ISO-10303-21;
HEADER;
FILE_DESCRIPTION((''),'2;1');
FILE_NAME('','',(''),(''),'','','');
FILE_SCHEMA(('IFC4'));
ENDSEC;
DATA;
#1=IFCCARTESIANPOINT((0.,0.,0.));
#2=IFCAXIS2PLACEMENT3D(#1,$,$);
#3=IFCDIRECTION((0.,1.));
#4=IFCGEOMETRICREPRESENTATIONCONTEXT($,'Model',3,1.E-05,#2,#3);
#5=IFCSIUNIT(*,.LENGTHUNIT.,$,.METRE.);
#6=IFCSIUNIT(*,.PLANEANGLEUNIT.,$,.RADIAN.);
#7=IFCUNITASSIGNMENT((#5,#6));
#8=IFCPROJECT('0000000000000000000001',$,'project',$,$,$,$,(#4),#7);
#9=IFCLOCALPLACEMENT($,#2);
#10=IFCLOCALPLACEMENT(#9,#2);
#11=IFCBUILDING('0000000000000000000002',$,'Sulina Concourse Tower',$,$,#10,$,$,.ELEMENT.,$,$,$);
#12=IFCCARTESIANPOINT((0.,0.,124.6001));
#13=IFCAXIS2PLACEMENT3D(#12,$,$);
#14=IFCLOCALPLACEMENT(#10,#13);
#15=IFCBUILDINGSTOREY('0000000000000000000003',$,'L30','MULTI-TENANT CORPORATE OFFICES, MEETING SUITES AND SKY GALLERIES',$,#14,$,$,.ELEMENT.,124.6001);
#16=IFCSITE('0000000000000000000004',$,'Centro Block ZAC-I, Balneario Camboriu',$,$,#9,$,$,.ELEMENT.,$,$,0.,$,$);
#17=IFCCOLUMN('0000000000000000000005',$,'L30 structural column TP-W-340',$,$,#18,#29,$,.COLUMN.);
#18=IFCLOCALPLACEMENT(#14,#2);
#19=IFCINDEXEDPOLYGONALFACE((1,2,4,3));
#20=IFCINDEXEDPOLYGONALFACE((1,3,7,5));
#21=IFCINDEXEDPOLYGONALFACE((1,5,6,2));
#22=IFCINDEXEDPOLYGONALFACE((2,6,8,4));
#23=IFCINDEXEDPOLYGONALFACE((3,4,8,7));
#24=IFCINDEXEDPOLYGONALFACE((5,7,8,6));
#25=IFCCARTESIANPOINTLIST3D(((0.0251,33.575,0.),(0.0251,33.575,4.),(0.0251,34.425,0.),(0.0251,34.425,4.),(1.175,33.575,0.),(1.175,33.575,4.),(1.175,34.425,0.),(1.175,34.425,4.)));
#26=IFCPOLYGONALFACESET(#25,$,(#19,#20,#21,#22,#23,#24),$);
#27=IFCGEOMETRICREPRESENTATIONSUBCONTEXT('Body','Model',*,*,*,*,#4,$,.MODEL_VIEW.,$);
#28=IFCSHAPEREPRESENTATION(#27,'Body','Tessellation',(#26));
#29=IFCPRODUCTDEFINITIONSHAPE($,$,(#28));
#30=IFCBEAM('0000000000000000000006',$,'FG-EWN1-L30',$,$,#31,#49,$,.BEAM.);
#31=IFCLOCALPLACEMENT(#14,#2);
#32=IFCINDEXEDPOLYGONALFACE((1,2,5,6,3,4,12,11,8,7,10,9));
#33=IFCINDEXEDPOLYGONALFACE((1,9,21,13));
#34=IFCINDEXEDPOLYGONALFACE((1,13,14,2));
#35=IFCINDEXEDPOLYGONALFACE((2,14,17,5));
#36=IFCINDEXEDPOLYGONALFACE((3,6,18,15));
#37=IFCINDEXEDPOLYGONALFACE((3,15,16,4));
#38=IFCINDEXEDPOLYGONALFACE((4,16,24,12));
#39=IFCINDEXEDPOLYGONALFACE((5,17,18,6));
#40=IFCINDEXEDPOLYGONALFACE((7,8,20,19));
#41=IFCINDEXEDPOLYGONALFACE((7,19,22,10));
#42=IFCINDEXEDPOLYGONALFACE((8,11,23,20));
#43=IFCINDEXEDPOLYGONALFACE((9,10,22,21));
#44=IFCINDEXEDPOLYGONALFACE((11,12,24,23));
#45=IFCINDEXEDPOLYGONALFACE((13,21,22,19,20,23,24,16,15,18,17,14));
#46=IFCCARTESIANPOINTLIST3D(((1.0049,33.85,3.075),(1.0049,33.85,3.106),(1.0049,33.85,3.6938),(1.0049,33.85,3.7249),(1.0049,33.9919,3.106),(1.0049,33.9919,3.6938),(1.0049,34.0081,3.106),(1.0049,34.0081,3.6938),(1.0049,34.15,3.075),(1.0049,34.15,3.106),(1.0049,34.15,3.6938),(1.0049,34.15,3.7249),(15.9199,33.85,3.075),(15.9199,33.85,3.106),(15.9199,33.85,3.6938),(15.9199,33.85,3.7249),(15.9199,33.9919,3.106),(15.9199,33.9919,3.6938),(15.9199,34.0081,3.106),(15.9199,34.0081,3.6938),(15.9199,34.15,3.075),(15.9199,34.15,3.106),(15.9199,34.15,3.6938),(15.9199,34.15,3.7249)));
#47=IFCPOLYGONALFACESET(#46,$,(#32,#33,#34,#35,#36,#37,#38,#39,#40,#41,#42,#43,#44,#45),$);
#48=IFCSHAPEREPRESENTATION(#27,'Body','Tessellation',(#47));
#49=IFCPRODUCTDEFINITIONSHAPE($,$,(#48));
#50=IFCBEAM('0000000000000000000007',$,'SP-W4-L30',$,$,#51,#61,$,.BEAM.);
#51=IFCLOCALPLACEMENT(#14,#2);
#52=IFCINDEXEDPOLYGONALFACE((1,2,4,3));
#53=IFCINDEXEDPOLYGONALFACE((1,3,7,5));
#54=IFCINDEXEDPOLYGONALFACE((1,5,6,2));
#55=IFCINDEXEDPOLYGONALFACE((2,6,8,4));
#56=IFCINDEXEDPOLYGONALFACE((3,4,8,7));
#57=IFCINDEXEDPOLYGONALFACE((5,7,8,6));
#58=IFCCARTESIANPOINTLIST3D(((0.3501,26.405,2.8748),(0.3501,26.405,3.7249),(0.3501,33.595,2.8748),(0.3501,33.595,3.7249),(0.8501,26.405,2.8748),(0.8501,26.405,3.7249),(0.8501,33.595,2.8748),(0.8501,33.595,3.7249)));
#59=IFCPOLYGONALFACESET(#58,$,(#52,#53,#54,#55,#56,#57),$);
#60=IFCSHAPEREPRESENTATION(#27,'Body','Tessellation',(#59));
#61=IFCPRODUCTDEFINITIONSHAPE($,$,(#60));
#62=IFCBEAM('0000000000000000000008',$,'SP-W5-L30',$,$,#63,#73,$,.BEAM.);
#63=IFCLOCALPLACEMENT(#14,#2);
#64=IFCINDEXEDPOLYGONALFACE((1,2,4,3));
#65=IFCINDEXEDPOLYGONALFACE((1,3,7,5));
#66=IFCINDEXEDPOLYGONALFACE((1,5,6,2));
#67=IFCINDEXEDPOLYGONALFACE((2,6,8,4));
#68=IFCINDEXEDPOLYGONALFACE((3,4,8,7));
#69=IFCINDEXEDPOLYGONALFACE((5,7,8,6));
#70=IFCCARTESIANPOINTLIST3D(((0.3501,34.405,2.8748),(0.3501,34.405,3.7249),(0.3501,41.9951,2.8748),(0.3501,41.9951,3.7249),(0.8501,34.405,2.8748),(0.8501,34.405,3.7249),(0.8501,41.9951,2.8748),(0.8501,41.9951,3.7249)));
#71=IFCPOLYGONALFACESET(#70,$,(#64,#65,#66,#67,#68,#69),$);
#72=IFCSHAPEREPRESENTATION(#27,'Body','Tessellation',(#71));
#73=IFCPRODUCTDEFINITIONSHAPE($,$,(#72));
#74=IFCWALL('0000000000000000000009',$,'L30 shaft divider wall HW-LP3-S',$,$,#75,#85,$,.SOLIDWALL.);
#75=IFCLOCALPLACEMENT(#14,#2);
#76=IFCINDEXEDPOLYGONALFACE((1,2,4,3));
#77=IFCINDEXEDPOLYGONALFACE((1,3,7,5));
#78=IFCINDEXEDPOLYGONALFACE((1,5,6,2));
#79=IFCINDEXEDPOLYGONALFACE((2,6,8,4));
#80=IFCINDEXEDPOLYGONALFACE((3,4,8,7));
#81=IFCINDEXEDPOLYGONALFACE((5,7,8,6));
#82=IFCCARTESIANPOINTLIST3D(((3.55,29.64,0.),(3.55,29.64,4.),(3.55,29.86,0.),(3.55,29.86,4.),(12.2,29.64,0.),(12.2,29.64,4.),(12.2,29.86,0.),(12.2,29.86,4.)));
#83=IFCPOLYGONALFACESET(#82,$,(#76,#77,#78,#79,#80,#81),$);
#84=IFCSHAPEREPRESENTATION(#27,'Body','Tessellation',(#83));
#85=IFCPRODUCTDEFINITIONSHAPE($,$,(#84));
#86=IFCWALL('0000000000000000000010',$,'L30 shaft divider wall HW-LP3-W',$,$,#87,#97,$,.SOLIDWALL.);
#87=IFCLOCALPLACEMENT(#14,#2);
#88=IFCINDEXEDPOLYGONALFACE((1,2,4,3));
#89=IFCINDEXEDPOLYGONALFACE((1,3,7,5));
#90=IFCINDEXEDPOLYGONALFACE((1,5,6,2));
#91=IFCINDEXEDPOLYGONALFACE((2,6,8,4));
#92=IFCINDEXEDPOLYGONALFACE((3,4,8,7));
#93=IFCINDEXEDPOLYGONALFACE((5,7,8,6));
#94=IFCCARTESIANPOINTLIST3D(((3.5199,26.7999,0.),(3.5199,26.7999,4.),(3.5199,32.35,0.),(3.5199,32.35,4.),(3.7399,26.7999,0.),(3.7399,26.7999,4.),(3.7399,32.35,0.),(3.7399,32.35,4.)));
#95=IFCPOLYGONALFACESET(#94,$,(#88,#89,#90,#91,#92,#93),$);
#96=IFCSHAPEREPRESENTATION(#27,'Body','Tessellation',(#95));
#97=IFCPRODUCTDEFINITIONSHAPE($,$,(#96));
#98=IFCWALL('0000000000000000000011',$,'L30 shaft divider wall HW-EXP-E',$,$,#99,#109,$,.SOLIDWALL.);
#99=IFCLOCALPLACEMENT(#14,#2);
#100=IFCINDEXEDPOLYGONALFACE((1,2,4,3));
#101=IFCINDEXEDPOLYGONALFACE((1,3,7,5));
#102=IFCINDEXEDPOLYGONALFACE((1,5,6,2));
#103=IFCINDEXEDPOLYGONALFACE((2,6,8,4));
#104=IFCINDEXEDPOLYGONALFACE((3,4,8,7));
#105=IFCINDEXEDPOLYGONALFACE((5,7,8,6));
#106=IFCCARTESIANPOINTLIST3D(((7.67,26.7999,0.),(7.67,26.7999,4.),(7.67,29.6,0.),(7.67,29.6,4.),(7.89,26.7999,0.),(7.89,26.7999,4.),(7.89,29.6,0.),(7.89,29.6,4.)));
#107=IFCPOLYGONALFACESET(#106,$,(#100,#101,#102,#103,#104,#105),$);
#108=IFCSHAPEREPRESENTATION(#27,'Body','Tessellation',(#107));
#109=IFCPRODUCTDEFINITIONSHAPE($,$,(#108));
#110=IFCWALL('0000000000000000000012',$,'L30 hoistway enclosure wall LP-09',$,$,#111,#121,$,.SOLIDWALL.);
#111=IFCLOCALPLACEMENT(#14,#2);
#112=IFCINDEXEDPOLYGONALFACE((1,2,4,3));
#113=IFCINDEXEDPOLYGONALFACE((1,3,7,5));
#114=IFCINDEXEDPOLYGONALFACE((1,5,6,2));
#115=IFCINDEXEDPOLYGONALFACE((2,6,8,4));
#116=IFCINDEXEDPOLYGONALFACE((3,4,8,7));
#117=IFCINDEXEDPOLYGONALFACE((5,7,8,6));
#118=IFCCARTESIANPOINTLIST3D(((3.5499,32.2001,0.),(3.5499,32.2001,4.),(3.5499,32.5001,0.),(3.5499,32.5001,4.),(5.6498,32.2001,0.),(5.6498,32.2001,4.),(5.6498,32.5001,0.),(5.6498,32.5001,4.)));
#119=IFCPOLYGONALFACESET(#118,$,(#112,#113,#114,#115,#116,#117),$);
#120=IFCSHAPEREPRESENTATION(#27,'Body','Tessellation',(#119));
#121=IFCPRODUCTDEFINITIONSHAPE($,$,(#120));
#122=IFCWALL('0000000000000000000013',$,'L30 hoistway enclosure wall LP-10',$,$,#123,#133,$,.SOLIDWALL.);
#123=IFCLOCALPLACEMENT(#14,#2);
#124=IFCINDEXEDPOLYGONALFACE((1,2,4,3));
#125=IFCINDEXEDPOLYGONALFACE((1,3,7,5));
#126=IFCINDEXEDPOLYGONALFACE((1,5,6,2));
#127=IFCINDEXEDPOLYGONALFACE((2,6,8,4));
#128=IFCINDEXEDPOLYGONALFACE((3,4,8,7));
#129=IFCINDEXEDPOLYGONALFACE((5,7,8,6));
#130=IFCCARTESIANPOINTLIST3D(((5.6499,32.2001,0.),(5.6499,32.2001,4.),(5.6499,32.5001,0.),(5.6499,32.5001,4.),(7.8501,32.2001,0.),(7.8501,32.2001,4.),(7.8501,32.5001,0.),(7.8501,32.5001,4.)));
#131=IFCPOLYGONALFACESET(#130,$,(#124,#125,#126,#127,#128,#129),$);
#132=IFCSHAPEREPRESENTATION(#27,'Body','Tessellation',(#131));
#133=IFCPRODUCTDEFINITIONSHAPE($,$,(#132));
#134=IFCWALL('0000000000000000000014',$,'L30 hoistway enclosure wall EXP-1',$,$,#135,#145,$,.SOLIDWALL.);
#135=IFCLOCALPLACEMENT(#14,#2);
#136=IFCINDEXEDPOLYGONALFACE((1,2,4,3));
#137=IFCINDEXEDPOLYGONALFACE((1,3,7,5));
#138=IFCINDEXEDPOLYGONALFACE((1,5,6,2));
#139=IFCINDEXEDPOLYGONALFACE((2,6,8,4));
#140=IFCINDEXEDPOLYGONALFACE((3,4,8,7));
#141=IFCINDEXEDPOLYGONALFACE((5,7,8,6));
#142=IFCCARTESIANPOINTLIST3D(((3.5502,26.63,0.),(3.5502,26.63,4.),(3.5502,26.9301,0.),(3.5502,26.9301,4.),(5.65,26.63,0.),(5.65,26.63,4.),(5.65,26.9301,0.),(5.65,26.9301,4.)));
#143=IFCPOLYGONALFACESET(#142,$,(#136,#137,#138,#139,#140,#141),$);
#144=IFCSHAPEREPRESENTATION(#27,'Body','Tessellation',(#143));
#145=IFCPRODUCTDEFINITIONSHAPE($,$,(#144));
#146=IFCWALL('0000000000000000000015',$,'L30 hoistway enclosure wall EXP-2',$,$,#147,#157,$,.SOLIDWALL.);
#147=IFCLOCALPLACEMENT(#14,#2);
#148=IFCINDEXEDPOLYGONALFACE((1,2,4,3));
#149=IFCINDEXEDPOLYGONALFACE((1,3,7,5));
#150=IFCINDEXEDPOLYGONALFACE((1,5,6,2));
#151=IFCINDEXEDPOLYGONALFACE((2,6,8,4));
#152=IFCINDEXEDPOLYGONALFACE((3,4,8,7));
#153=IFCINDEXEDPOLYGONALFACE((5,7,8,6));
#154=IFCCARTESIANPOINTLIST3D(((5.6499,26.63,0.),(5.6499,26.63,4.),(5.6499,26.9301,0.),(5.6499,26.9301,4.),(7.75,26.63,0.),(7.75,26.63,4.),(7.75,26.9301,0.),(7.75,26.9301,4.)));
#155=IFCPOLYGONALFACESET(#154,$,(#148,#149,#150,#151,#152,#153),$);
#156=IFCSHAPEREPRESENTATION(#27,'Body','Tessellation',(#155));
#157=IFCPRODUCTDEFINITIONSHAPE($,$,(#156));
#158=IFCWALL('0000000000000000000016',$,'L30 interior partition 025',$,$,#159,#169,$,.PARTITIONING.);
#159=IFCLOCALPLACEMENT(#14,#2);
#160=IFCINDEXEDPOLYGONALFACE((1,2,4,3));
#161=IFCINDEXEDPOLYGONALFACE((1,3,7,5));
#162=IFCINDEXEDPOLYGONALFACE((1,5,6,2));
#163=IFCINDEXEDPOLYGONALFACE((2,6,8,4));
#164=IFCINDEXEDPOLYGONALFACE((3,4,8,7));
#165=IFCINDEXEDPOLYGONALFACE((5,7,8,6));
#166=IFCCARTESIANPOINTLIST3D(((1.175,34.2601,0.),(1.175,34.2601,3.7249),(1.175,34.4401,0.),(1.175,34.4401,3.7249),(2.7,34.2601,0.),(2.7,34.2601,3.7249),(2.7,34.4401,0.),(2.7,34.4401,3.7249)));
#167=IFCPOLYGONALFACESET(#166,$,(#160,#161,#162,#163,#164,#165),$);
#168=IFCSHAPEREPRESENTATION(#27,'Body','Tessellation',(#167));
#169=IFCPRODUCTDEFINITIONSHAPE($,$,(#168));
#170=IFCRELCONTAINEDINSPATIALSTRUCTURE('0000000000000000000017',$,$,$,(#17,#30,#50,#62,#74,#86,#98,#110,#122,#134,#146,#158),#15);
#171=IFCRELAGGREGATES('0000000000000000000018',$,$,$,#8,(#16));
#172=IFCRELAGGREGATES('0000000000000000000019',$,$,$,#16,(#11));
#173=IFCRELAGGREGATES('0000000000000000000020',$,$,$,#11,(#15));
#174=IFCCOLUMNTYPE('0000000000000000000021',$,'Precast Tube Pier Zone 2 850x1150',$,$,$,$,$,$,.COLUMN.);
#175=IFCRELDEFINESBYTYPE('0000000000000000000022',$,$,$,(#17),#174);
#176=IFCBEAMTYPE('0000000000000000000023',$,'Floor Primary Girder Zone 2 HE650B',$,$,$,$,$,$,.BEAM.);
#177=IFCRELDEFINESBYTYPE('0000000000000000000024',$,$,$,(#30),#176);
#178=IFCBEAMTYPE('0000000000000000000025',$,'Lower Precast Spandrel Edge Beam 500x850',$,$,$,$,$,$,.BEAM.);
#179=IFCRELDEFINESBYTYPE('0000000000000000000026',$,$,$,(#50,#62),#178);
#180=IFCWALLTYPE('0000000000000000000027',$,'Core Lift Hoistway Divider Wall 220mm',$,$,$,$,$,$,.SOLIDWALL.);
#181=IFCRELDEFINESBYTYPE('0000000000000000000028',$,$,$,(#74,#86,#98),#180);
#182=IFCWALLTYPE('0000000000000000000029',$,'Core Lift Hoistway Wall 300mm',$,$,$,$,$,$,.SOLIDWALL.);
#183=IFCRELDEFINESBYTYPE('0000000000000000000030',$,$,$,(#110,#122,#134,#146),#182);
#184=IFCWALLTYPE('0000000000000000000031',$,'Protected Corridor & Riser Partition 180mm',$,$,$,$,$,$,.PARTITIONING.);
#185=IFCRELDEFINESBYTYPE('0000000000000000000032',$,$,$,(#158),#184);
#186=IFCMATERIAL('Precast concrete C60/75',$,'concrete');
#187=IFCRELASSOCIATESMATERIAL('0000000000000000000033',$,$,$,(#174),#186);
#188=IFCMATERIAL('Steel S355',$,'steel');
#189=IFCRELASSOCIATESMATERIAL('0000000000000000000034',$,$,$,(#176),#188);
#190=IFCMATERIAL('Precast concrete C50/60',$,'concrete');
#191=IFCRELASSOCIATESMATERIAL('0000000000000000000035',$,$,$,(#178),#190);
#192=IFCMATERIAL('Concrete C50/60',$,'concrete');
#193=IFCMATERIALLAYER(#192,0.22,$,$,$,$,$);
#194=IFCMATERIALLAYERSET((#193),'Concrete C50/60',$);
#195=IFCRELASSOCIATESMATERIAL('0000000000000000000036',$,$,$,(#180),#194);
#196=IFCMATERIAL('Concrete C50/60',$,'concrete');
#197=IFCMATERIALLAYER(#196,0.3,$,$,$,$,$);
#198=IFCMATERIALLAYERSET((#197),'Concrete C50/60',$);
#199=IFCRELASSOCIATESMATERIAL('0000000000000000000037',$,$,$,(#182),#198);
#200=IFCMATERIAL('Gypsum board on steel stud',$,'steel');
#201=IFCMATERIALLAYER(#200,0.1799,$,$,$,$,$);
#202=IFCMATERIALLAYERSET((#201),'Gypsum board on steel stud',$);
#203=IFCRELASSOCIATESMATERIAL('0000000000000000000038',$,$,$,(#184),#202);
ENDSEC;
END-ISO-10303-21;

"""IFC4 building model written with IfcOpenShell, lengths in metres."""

from ifc_helpers import new_model, si_unit, direction, frame, frame_2d, origin, origin_2d, place, context, subcontext, project, spatial, rectangle, i_section, extrude, material, layer, layer_set, material_profile, profile_set, type_object, element, save


model = new_model("IFC4")

# Units and contexts
model_context = context("Model", 3, precision=1e-05, world=origin(), true_north=direction((0.0, 1.0)))
body_context = subcontext(model_context, "Body", "Model", "MODEL_VIEW")
ifc_project = project(units=[si_unit("LENGTHUNIT", "METRE"), si_unit("PLANEANGLEUNIT", "RADIAN")], contexts=[model_context])

# Site, building, storey
site_placement = place(None, origin())
site = spatial("IfcSite", under=ifc_project, at=site_placement, Name="Centro Block ZAC-I, Balneario Camboriu", CompositionType="ELEMENT", RefElevation=0.0)
building_placement = place(site_placement, origin())
building = spatial("IfcBuilding", under=site, at=building_placement, Name="Sulina Concourse Tower", CompositionType="ELEMENT")
storey_placement = place(building_placement, frame((0.0, 0.0, 124.6001)))
storey = spatial("IfcBuildingStorey", under=building, at=storey_placement, Name="L30", Description="MULTI-TENANT CORPORATE OFFICES, MEETING SUITES AND SKY GALLERIES", CompositionType="ELEMENT", Elevation=124.6001)

# Column
ifc_material_1 = material(Name="Precast concrete C60/75", Category="concrete")
ifc_material_profile_1 = material_profile(ifc_material_1, rectangle(XDim=0.8501, YDim=1.1499, at=origin_2d()), Name="PC 850x1150")
ifc_profile_set_1 = profile_set([ifc_material_profile_1], Name="Precast concrete C60/75")
column_type = type_object("IfcColumnType", Name="Precast Tube Pier Zone 2 850x1150", PredefinedType="COLUMN", material=ifc_profile_set_1)
column_placement = place(storey_placement, frame((0.6001, 34.0, 0.0), z_axis=(0.0, 0.0, 1.0), x_axis=(0.0, 1.0, 0.0)))
element("IfcColumn", 1, at=column_placement, inside=storey, type_object=column_type, Name="L30 structural column TP-W-340", PredefinedType="COLUMN", context=body_context, shape_type="SweptSolid", body=[
    extrude(rectangle(XDim=0.8501, YDim=1.1499, at=origin_2d()), origin(), (0.0, 0.0, 1.0), 4.0),
])

# Beams
ifc_material_2 = material(Name="Steel S355", Category="steel")
ifc_material_profile_2 = material_profile(ifc_material_2, i_section(OverallWidth=0.3, OverallDepth=0.6499, WebThickness=0.0161, FlangeThickness=0.031, at=origin_2d()), Name="HE 650 B")
ifc_profile_set_2 = profile_set([ifc_material_profile_2], Name="Steel S355")
beam_type_1 = type_object("IfcBeamType", Name="Floor Primary Girder Zone 2 HE650B", PredefinedType="BEAM", material=ifc_profile_set_2)
beam_1_placement = place(storey_placement, frame((1.0049, 34.0, 3.3999), z_axis=(1.0, 0.0, 0.0), x_axis=(0.0, 1.0, 0.0)))
element("IfcBeam", 2, at=beam_1_placement, inside=storey, type_object=beam_type_1, Name="FG-EWN1-L30", PredefinedType="BEAM", context=body_context, shape_type="SweptSolid", body=[
    extrude(i_section(OverallWidth=0.3, OverallDepth=0.6499, WebThickness=0.0161, FlangeThickness=0.031, at=origin_2d()), origin(), (0.0, 0.0, 1.0), 14.915),
])
ifc_material_3 = material(Name="Precast concrete C50/60", Category="concrete")
ifc_material_profile_3 = material_profile(ifc_material_3, rectangle(XDim=0.5, YDim=0.8501, at=origin_2d()), Name="RC 500x850")
ifc_profile_set_3 = profile_set([ifc_material_profile_3], Name="Precast concrete C50/60")
beam_type_2 = type_object("IfcBeamType", Name="Lower Precast Spandrel Edge Beam 500x850", PredefinedType="BEAM", material=ifc_profile_set_3)
beam_2_placement = place(storey_placement, frame((0.6001, 26.405, 3.2998), z_axis=(0.0, 1.0, 0.0), x_axis=(-1.0, 0.0, 0.0)))
element("IfcBeam", 3, at=beam_2_placement, inside=storey, type_object=beam_type_2, Name="SP-W4-L30", PredefinedType="BEAM", context=body_context, shape_type="SweptSolid", body=[
    extrude(rectangle(XDim=0.5, YDim=0.8501, at=origin_2d()), origin(), (0.0, 0.0, 1.0), 7.1899),
])
beam_3_placement = place(storey_placement, frame((0.6001, 34.405, 3.2998), z_axis=(0.0, 1.0, 0.0), x_axis=(-1.0, 0.0, 0.0)))
element("IfcBeam", 4, at=beam_3_placement, inside=storey, type_object=beam_type_2, Name="SP-W5-L30", PredefinedType="BEAM", context=body_context, shape_type="SweptSolid", body=[
    extrude(rectangle(XDim=0.5, YDim=0.8501, at=origin_2d()), origin(), (0.0, 0.0, 1.0), 7.5901),
])

# Walls
ifc_material_4 = material(Name="Concrete C50/60", Category="concrete")
ifc_layer_1 = layer(ifc_material_4, 0.22)
ifc_layer_set_1 = layer_set([ifc_layer_1], Name="Concrete C50/60")
wall_type_1 = type_object("IfcWallType", Name="Core Lift Hoistway Divider Wall 220mm", PredefinedType="SOLIDWALL", material=ifc_layer_set_1)
wall_1_placement = place(storey_placement, frame((3.55, 29.75, 0.0), z_axis=(0.0, 0.0, 1.0), x_axis=(1.0, 0.0, 0.0)))
element("IfcWall", 5, at=wall_1_placement, inside=storey, type_object=wall_type_1, Name="L30 shaft divider wall HW-LP3-S", PredefinedType="SOLIDWALL", context=body_context, shape_type="SweptSolid", body=[
    extrude(rectangle(XDim=8.6499, YDim=0.22, at=frame_2d((4.325, 0.0))), origin(), (0.0, 0.0, 1.0), 4.0),
])
wall_2_placement = place(storey_placement, frame((3.6299, 26.8, 0.0), z_axis=(0.0, 0.0, 1.0), x_axis=(0.0, 1.0, 0.0)))
element("IfcWall", 6, at=wall_2_placement, inside=storey, type_object=wall_type_1, Name="L30 shaft divider wall HW-LP3-W", PredefinedType="SOLIDWALL", context=body_context, shape_type="SweptSolid", body=[
    extrude(rectangle(XDim=5.55, YDim=0.22, at=frame_2d((2.7749, 0.0))), origin(), (0.0, 0.0, 1.0), 4.0),
])
wall_3_placement = place(storey_placement, frame((7.78, 26.8, 0.0), z_axis=(0.0, 0.0, 1.0), x_axis=(0.0, 1.0, 0.0)))
element("IfcWall", 7, at=wall_3_placement, inside=storey, type_object=wall_type_1, Name="L30 shaft divider wall HW-EXP-E", PredefinedType="SOLIDWALL", context=body_context, shape_type="SweptSolid", body=[
    extrude(rectangle(XDim=2.8, YDim=0.22, at=frame_2d((1.3999, 0.0))), origin(), (0.0, 0.0, 1.0), 4.0),
])
ifc_material_5 = material(Name="Concrete C50/60", Category="concrete")
ifc_layer_2 = layer(ifc_material_5, 0.3)
ifc_layer_set_2 = layer_set([ifc_layer_2], Name="Concrete C50/60")
wall_type_2 = type_object("IfcWallType", Name="Core Lift Hoistway Wall 300mm", PredefinedType="SOLIDWALL", material=ifc_layer_set_2)
wall_4_placement = place(storey_placement, frame((3.55, 32.3501, 0.0), z_axis=(0.0, 0.0, 1.0), x_axis=(1.0, 0.0, 0.0)))
element("IfcWall", 8, at=wall_4_placement, inside=storey, type_object=wall_type_2, Name="L30 hoistway enclosure wall LP-09", PredefinedType="SOLIDWALL", context=body_context, shape_type="SweptSolid", body=[
    extrude(rectangle(XDim=2.0999, YDim=0.3, at=frame_2d((1.0498, 0.0))), origin(), (0.0, 0.0, 1.0), 4.0),
])
wall_5_placement = place(storey_placement, frame((5.6499, 32.3501, 0.0), z_axis=(0.0, 0.0, 1.0), x_axis=(1.0, 0.0, 0.0)))
element("IfcWall", 9, at=wall_5_placement, inside=storey, type_object=wall_type_2, Name="L30 hoistway enclosure wall LP-10", PredefinedType="SOLIDWALL", context=body_context, shape_type="SweptSolid", body=[
    extrude(rectangle(XDim=2.2002, YDim=0.3, at=frame_2d((1.1001, 0.0))), origin(), (0.0, 0.0, 1.0), 4.0),
])
wall_6_placement = place(storey_placement, frame((5.6499, 26.78, 0.0), z_axis=(0.0, 0.0, 1.0), x_axis=(-1.0, 0.0, 0.0)))
element("IfcWall", 10, at=wall_6_placement, inside=storey, type_object=wall_type_2, Name="L30 hoistway enclosure wall EXP-1", PredefinedType="SOLIDWALL", context=body_context, shape_type="SweptSolid", body=[
    extrude(rectangle(XDim=2.0999, YDim=0.3, at=frame_2d((1.0498, 0.0))), origin(), (0.0, 0.0, 1.0), 4.0),
])
wall_7_placement = place(storey_placement, frame((7.75, 26.78, 0.0), z_axis=(0.0, 0.0, 1.0), x_axis=(-1.0, 0.0, 0.0)))
element("IfcWall", 11, at=wall_7_placement, inside=storey, type_object=wall_type_2, Name="L30 hoistway enclosure wall EXP-2", PredefinedType="SOLIDWALL", context=body_context, shape_type="SweptSolid", body=[
    extrude(rectangle(XDim=2.1001, YDim=0.3, at=frame_2d((1.05, 0.0))), origin(), (0.0, 0.0, 1.0), 4.0),
])
ifc_material_6 = material(Name="Gypsum board on steel stud", Category="steel")
ifc_layer_3 = layer(ifc_material_6, 0.1799)
ifc_layer_set_3 = layer_set([ifc_layer_3], Name="Gypsum board on steel stud")
wall_type_3 = type_object("IfcWallType", Name="Protected Corridor & Riser Partition 180mm", PredefinedType="PARTITIONING", material=ifc_layer_set_3)
wall_8_placement = place(storey_placement, frame((1.175, 34.3501, 0.0), z_axis=(0.0, 0.0, 1.0), x_axis=(1.0, 0.0, 0.0)))
element("IfcWall", 12, at=wall_8_placement, inside=storey, type_object=wall_type_3, Name="L30 interior partition 025", PredefinedType="PARTITIONING", context=body_context, shape_type="SweptSolid", body=[
    extrude(rectangle(XDim=1.5249, YDim=0.1799, at=frame_2d((0.7625, 0.0))), origin(), (0.0, 0.0, 1.0), 3.7249),
])

save(model, "model.ifc")
